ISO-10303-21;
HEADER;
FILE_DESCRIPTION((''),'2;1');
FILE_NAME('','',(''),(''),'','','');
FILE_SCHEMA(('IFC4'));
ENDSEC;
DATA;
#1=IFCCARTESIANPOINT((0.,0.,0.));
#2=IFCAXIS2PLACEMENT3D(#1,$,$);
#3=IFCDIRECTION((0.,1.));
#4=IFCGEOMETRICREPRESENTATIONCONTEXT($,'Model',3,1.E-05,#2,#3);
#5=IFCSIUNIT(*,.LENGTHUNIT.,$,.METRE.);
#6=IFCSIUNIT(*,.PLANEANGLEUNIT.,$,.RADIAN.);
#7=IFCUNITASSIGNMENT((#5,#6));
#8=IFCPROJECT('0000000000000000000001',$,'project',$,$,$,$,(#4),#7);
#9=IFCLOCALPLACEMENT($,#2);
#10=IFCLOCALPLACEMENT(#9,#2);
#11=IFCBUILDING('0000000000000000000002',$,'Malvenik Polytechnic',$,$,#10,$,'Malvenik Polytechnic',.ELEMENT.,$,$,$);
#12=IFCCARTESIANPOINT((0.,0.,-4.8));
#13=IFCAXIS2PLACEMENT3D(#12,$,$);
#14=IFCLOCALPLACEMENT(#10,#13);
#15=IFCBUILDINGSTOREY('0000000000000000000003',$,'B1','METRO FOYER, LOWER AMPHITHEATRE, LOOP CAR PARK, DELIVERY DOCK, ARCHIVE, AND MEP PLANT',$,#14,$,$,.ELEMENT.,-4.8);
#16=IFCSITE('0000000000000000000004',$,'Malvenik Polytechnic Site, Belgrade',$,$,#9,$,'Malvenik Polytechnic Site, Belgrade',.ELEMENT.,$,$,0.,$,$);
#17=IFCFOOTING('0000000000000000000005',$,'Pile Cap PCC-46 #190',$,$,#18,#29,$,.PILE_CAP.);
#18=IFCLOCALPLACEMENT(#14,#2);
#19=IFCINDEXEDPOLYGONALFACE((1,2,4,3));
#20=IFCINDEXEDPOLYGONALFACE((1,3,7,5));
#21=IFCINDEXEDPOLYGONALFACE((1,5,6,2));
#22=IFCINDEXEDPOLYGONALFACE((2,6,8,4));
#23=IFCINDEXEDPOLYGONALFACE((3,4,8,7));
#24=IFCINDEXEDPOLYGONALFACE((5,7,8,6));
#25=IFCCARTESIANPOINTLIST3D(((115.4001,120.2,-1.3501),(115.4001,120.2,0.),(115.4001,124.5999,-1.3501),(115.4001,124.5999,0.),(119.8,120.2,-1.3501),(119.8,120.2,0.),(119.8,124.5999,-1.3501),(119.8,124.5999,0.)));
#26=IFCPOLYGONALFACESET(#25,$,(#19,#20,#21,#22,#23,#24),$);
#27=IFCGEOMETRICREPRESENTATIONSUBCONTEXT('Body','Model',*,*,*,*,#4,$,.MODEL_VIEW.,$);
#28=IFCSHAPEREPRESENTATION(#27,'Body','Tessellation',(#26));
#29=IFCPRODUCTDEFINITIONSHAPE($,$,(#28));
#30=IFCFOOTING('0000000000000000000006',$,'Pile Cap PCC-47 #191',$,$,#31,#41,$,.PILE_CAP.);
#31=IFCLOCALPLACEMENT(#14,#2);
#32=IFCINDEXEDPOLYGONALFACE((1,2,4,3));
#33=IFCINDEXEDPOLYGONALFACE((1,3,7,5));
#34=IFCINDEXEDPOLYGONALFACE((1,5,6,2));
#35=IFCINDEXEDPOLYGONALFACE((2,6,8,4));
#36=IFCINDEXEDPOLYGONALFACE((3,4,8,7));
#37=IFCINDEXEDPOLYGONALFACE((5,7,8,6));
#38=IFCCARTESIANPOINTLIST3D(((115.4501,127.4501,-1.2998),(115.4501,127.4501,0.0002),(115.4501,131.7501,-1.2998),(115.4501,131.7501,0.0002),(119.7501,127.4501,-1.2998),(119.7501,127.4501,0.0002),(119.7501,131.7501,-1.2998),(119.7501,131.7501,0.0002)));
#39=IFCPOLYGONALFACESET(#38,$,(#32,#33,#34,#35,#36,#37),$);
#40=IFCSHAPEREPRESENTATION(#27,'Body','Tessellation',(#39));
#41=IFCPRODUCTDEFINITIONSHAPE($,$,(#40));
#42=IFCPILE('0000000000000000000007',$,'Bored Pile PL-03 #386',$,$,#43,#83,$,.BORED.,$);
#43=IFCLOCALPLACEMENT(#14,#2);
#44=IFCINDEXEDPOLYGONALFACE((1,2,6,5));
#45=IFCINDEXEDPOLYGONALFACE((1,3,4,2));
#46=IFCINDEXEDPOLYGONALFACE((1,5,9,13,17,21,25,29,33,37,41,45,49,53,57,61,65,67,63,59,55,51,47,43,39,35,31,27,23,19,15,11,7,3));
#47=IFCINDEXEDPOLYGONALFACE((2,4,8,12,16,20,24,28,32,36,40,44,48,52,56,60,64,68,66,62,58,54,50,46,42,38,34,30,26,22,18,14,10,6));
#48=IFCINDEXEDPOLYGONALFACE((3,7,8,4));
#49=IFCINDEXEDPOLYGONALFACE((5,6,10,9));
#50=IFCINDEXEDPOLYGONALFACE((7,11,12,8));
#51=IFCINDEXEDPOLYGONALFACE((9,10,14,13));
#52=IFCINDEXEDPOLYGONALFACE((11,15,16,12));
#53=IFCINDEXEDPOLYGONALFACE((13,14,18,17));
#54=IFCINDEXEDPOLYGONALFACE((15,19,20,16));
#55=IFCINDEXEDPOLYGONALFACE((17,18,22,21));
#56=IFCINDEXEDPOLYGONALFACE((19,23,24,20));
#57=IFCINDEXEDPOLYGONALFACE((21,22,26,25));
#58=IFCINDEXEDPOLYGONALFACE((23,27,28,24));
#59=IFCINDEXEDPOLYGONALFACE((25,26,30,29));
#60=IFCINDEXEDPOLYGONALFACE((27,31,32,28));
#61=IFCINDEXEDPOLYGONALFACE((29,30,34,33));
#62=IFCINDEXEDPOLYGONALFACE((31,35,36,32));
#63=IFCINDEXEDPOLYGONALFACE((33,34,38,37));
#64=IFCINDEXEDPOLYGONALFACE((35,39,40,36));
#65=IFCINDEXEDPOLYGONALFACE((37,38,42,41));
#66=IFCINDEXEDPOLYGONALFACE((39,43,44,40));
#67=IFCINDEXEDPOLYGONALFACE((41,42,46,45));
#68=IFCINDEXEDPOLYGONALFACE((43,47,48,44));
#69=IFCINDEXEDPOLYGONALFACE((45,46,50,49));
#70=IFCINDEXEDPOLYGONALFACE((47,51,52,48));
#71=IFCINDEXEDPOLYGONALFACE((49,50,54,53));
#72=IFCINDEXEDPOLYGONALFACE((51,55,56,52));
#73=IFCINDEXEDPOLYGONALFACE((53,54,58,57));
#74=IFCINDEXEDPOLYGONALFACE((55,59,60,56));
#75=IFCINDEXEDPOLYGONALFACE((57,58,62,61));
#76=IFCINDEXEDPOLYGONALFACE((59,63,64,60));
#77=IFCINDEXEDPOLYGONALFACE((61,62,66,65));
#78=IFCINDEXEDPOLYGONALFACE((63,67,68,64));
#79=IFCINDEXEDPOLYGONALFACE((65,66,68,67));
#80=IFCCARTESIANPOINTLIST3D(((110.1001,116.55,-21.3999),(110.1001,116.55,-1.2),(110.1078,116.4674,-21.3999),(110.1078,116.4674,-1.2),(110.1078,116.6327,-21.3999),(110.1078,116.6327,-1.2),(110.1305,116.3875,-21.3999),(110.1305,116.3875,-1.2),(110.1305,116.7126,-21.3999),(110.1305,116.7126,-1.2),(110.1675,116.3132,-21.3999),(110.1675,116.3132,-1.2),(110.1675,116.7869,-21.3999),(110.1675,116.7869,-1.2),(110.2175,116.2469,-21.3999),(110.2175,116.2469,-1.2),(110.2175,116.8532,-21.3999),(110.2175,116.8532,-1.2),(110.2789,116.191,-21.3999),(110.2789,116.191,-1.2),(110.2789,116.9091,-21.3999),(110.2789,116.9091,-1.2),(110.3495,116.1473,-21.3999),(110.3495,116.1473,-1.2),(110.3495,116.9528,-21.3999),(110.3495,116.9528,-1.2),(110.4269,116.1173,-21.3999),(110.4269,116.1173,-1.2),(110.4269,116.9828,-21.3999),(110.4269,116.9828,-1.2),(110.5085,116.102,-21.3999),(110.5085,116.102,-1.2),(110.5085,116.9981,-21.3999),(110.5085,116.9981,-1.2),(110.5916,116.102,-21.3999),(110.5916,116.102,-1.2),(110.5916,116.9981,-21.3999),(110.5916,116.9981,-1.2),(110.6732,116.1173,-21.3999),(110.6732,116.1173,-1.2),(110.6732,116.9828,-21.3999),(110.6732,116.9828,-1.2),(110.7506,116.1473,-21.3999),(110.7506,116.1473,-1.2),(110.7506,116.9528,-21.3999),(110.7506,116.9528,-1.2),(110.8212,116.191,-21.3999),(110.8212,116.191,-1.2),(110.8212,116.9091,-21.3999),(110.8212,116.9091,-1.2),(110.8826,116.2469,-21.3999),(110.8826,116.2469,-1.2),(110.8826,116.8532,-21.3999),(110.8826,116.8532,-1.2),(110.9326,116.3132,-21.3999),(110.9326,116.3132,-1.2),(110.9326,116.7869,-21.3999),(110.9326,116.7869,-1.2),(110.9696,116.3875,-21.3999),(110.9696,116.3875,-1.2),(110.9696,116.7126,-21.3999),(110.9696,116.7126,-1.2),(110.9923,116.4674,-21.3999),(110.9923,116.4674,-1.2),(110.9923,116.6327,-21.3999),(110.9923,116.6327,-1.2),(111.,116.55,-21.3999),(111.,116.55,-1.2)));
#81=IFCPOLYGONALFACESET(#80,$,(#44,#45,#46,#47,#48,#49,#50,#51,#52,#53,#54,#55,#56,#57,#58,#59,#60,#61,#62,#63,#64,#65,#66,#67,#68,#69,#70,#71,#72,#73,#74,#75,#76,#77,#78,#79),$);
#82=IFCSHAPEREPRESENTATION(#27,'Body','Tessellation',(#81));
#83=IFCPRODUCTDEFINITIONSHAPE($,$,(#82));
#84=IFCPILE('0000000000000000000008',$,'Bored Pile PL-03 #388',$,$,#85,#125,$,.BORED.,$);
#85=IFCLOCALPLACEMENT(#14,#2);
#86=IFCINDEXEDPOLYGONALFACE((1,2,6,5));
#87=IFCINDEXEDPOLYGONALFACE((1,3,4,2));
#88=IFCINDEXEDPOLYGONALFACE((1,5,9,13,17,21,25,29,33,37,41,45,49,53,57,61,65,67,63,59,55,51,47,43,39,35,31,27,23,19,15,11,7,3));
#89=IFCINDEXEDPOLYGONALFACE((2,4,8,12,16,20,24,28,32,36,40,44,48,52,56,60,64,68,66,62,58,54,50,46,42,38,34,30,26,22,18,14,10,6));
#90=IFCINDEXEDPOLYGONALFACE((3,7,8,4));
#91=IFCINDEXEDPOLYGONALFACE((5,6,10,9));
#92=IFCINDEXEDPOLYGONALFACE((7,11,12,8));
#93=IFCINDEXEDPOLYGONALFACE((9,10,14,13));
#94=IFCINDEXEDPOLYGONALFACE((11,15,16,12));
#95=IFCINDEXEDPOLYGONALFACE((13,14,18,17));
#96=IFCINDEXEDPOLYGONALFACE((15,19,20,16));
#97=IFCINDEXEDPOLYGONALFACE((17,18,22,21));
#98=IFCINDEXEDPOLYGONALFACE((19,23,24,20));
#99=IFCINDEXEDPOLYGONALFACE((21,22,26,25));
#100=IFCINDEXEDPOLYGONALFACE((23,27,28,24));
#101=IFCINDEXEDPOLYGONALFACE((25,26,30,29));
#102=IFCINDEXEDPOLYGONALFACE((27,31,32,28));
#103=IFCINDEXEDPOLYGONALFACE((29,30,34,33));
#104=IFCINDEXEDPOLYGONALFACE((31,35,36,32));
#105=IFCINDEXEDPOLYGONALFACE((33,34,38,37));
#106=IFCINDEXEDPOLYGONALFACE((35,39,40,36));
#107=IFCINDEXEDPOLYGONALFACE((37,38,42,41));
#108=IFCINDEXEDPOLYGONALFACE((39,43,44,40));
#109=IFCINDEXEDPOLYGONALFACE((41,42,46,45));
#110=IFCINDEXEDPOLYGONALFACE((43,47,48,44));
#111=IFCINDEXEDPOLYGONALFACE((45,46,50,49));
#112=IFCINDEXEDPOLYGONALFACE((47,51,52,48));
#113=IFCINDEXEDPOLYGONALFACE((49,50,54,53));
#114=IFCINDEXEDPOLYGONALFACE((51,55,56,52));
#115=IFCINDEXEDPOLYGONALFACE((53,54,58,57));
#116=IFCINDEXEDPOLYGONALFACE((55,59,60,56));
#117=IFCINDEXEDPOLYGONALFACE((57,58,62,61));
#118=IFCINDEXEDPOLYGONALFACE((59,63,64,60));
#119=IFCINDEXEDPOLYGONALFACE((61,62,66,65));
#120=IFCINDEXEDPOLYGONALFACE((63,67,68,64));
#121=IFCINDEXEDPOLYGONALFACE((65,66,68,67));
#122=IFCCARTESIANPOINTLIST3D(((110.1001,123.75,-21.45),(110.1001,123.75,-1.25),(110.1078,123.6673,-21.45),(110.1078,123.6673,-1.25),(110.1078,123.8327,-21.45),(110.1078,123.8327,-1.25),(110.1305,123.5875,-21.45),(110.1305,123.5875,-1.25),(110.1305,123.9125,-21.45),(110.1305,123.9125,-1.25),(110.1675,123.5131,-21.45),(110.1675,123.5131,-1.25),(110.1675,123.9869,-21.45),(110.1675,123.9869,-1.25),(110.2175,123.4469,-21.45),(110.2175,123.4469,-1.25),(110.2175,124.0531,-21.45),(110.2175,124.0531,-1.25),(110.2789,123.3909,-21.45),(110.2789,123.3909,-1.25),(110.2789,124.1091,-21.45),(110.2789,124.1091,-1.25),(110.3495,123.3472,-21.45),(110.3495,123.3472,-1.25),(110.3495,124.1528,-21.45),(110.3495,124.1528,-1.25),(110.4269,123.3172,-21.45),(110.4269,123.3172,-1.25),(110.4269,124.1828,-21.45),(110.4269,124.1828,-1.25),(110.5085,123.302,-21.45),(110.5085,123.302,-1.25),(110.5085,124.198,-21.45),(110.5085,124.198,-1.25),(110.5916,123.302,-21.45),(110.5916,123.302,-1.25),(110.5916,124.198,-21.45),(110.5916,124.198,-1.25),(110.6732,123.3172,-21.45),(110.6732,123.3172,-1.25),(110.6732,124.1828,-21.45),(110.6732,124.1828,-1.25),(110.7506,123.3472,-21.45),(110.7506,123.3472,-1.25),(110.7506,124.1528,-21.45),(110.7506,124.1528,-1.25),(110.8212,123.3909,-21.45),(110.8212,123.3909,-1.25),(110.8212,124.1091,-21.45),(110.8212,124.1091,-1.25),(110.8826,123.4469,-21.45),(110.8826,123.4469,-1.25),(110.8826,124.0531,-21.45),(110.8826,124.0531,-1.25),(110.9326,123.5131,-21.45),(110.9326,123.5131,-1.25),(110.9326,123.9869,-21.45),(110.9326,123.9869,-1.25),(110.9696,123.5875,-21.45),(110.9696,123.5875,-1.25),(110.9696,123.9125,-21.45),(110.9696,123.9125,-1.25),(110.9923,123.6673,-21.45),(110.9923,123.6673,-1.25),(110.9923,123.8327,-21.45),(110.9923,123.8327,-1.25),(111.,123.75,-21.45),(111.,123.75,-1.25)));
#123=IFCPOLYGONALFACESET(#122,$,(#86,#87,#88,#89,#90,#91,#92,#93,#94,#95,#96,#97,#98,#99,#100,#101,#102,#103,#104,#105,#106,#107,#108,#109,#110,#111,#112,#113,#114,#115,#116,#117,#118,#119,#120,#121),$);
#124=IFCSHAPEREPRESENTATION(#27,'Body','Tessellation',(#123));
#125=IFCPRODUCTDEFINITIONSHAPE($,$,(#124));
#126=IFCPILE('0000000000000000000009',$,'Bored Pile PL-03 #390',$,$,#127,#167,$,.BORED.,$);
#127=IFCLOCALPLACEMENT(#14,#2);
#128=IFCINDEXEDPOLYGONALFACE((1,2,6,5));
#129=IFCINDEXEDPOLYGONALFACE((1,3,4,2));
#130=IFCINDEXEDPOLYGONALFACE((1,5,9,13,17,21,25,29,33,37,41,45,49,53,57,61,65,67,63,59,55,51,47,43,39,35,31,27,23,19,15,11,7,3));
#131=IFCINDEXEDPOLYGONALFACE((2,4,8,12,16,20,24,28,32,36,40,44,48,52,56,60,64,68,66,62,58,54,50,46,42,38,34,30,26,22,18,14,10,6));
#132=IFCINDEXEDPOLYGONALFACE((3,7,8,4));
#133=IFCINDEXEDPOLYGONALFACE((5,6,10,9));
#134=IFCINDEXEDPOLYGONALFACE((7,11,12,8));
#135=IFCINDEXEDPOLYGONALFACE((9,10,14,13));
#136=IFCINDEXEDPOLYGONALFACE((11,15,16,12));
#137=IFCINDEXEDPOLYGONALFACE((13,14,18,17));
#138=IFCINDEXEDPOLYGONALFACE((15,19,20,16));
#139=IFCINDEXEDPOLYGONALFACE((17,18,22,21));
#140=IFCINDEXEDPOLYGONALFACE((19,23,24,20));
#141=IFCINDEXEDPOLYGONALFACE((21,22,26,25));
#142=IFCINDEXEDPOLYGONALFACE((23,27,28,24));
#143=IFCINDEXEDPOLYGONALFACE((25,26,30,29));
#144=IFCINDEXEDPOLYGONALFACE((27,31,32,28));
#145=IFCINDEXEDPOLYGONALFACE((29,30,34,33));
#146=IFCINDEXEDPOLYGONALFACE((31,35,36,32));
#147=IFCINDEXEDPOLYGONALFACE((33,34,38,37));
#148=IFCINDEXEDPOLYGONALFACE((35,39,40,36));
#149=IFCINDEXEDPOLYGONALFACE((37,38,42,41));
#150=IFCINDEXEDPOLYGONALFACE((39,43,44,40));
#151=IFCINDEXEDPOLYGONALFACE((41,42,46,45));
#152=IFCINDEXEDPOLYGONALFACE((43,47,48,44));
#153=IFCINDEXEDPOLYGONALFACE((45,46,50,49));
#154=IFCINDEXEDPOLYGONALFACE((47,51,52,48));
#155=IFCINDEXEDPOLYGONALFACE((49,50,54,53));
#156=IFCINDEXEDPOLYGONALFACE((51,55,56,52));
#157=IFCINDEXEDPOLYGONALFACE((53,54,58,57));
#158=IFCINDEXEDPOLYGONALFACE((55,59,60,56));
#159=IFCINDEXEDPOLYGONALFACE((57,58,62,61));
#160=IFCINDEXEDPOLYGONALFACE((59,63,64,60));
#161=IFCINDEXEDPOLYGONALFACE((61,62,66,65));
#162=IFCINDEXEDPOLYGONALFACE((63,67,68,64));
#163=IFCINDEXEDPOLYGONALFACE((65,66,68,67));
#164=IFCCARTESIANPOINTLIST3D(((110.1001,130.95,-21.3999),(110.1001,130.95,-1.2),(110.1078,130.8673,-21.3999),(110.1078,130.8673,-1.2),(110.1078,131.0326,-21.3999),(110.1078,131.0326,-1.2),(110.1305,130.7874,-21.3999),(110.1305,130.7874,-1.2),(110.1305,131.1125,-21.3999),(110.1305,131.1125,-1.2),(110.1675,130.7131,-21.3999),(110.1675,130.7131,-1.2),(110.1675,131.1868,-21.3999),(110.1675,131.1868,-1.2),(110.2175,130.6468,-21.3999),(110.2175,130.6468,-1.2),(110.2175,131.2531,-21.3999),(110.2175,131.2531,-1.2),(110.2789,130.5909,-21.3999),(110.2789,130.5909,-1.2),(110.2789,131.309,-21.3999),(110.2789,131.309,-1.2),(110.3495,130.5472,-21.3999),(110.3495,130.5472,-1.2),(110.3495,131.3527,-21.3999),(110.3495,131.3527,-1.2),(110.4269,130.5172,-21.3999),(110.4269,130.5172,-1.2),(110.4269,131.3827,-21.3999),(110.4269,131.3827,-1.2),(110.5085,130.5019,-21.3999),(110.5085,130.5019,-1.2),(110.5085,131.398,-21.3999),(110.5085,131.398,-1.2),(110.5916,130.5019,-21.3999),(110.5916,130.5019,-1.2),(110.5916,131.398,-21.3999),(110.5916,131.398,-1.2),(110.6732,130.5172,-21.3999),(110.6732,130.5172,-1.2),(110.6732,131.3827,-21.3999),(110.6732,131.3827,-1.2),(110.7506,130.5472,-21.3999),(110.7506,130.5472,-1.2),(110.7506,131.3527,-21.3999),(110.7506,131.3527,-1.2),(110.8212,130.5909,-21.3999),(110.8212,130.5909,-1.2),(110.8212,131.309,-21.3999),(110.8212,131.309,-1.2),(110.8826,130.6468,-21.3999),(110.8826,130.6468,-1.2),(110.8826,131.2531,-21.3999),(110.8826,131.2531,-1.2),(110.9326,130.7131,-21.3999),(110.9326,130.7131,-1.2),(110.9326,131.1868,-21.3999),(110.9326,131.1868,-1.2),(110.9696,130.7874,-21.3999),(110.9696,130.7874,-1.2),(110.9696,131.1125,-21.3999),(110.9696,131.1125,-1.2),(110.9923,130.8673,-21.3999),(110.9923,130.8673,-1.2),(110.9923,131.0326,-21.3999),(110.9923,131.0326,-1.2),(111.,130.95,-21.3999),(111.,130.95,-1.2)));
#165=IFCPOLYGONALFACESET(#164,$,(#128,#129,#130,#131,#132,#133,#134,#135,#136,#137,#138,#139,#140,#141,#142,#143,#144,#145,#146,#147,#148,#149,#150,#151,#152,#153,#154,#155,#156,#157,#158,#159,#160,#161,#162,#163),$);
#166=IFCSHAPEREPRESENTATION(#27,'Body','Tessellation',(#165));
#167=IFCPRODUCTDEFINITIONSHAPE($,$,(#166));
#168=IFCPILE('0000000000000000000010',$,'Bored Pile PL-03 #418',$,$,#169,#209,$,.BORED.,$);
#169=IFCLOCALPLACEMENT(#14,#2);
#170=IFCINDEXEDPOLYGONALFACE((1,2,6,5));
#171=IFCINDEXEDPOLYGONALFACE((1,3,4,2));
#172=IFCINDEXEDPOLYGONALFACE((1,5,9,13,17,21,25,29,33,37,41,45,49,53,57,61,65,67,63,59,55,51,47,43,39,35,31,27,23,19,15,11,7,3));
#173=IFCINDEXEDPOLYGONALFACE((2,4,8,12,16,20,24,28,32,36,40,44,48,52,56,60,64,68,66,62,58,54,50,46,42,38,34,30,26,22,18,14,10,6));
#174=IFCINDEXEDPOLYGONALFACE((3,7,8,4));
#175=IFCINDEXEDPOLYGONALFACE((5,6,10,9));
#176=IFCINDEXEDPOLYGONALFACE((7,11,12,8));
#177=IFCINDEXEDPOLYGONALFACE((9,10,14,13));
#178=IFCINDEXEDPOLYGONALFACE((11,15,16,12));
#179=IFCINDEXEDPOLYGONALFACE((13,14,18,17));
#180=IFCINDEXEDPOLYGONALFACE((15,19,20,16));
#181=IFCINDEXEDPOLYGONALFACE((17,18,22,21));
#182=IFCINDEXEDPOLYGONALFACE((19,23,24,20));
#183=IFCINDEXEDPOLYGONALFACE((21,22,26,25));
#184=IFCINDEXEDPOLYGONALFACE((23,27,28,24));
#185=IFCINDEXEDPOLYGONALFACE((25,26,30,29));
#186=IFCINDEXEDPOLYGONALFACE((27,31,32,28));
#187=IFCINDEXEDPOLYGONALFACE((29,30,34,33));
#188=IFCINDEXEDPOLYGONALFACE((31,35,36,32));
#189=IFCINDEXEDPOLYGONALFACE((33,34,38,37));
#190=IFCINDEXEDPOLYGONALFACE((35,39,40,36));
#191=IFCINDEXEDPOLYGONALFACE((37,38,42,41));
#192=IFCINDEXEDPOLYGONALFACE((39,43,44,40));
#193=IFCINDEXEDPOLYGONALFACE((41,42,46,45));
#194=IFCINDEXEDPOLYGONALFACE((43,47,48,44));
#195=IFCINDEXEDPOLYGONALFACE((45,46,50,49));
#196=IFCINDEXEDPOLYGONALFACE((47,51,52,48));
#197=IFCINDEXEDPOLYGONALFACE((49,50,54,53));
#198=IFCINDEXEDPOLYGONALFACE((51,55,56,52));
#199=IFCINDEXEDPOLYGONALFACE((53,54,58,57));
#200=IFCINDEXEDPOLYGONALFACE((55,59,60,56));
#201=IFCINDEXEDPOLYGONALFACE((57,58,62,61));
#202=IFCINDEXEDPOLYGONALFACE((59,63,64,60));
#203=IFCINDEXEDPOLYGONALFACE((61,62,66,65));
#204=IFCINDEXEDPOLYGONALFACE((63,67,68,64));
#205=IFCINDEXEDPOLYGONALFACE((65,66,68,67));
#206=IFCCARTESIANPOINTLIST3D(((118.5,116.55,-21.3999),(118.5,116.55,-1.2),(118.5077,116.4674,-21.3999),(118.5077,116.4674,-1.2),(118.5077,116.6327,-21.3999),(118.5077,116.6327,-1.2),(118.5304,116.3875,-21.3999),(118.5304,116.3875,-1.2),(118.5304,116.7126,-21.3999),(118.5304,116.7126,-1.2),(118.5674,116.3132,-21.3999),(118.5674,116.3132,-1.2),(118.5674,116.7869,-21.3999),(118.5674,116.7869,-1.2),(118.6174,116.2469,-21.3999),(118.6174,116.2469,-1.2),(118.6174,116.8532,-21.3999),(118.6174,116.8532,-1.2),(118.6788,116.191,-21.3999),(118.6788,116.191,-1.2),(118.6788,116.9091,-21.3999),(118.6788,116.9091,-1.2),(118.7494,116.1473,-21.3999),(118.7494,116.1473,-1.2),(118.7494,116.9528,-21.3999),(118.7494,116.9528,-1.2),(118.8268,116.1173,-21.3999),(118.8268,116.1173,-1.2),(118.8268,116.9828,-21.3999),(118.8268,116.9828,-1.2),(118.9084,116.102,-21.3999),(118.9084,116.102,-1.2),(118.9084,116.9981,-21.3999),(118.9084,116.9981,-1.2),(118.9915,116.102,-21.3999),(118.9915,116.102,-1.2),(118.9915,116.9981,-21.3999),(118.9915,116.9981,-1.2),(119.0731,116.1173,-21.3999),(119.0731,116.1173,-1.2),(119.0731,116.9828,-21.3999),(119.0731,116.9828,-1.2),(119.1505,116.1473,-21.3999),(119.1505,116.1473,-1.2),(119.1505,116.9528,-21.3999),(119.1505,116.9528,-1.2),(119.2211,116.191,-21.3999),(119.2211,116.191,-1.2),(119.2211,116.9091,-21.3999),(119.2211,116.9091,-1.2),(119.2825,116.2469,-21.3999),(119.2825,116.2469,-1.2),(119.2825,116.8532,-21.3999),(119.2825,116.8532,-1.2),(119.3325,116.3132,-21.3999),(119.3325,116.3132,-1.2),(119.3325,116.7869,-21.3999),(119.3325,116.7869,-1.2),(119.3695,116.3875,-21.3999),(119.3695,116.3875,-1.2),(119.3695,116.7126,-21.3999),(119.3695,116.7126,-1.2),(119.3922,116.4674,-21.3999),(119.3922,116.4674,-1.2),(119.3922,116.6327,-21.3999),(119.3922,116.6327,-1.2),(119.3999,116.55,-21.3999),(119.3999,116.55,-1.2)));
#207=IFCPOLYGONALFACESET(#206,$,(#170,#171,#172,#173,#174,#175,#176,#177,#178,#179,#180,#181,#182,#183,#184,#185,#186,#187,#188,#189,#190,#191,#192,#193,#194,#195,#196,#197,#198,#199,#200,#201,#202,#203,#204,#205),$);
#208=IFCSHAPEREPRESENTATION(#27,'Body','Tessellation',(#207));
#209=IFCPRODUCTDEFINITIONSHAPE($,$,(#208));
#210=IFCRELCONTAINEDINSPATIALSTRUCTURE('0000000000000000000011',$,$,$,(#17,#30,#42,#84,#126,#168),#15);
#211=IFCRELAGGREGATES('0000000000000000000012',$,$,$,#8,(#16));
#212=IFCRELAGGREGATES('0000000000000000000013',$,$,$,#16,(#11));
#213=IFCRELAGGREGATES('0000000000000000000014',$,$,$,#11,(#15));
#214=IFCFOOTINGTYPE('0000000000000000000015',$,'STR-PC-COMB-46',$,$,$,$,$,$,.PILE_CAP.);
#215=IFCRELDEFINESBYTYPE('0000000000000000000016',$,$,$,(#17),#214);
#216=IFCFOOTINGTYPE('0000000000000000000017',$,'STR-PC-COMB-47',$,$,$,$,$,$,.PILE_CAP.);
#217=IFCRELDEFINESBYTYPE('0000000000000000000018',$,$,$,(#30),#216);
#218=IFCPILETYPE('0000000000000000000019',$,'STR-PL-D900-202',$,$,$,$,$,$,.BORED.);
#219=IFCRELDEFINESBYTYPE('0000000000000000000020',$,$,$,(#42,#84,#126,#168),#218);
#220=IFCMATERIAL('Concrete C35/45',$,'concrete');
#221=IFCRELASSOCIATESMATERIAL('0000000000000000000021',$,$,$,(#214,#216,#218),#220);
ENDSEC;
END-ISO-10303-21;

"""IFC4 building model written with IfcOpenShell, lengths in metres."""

from ifc_helpers import new_model, si_unit, direction, frame, origin, origin_2d, place, context, subcontext, project, spatial, rectangle, circle, extrude, material, material_profile, profile_set, type_object, element, save


model = new_model("IFC4")

# Units and contexts
model_context = context("Model", 3, precision=1e-05, world=origin(), true_north=direction((0.0, 1.0)))
body_context = subcontext(model_context, "Body", "Model", "MODEL_VIEW")
ifc_project = project(units=[si_unit("LENGTHUNIT", "METRE"), si_unit("PLANEANGLEUNIT", "RADIAN")], contexts=[model_context])

# Site, building, storey
site_placement = place(None, origin())
site = spatial("IfcSite", under=ifc_project, at=site_placement, Name="Malvenik Polytechnic Site, Belgrade", LongName="Malvenik Polytechnic Site, Belgrade", CompositionType="ELEMENT", RefElevation=0.0)
building_placement = place(site_placement, origin())
building = spatial("IfcBuilding", under=site, at=building_placement, Name="Malvenik Polytechnic", LongName="Malvenik Polytechnic", CompositionType="ELEMENT")
storey_placement = place(building_placement, frame((0.0, 0.0, -4.8)))
storey = spatial("IfcBuildingStorey", under=building, at=storey_placement, Name="B1", Description="METRO FOYER, LOWER AMPHITHEATRE, LOOP CAR PARK, DELIVERY DOCK, ARCHIVE, AND MEP PLANT", CompositionType="ELEMENT", Elevation=-4.8)

# Footings
ifc_material_1 = material(Name="Concrete C35/45", Category="concrete")
footing_type_1 = type_object("IfcFootingType", Name="STR-PC-COMB-46", PredefinedType="PILE_CAP", material=ifc_material_1)
footing_1_placement = place(storey_placement, frame((117.6001, 122.3999, -1.3501), z_axis=(0.0, 0.0, 1.0), x_axis=(1.0, 0.0, 0.0)))
element("IfcFooting", 1, at=footing_1_placement, inside=storey, type_object=footing_type_1, Name="Pile Cap PCC-46 #190", PredefinedType="PILE_CAP", context=body_context, shape_type="SweptSolid", body=[
    extrude(rectangle(XDim=4.3999, YDim=4.3999, at=origin_2d()), origin(), (0.0, 0.0, 1.0), 1.3501),
])
footing_type_2 = type_object("IfcFootingType", Name="STR-PC-COMB-47", PredefinedType="PILE_CAP", material=ifc_material_1)
footing_2_placement = place(storey_placement, frame((117.6001, 129.6001, -1.2998), z_axis=(0.0, 0.0, 1.0), x_axis=(1.0, 0.0, 0.0)))
element("IfcFooting", 2, at=footing_2_placement, inside=storey, type_object=footing_type_2, Name="Pile Cap PCC-47 #191", PredefinedType="PILE_CAP", context=body_context, shape_type="SweptSolid", body=[
    extrude(rectangle(XDim=4.3, YDim=4.3, at=origin_2d()), origin(), (0.0, 0.0, 1.0), 1.3),
])

# Piles
ifc_material_profile_1 = material_profile(ifc_material_1, circle(Radius=0.45, at=origin_2d()), Name="BORED PILE D900")
ifc_profile_set_1 = profile_set([ifc_material_profile_1], Name="Concrete C35/45")
pile_type = type_object("IfcPileType", Name="STR-PL-D900-202", PredefinedType="BORED", material=ifc_profile_set_1)
for number, where, z_axis, x_axis, name in (
    (3, (110.55, 116.55, -1.2), (0.0, 0.0, -1.0), (1.0, 0.0, 0.0), "Bored Pile PL-03 #386"),
    (4, (110.55, 123.75, -1.25), (0.0, 0.0, -1.0), (1.0, 0.0, 0.0), "Bored Pile PL-03 #388"),
    (5, (110.55, 130.95, -1.2), (0.0, 0.0, -1.0), (1.0, 0.0, 0.0), "Bored Pile PL-03 #390"),
    (6, (118.95, 116.55, -1.2), (0.0, 0.0, -1.0), (1.0, 0.0, 0.0), "Bored Pile PL-03 #418"),
):
    element("IfcPile", number, at=place(storey_placement, frame(where, z_axis=z_axis, x_axis=x_axis)), inside=storey, type_object=pile_type, Name=name, PredefinedType="BORED", context=body_context, shape_type="SweptSolid", body=[
        extrude(circle(Radius=0.45, at=origin_2d()), origin(), (0.0, 0.0, 1.0), 20.2),
    ])

save(model, "model.ifc")
